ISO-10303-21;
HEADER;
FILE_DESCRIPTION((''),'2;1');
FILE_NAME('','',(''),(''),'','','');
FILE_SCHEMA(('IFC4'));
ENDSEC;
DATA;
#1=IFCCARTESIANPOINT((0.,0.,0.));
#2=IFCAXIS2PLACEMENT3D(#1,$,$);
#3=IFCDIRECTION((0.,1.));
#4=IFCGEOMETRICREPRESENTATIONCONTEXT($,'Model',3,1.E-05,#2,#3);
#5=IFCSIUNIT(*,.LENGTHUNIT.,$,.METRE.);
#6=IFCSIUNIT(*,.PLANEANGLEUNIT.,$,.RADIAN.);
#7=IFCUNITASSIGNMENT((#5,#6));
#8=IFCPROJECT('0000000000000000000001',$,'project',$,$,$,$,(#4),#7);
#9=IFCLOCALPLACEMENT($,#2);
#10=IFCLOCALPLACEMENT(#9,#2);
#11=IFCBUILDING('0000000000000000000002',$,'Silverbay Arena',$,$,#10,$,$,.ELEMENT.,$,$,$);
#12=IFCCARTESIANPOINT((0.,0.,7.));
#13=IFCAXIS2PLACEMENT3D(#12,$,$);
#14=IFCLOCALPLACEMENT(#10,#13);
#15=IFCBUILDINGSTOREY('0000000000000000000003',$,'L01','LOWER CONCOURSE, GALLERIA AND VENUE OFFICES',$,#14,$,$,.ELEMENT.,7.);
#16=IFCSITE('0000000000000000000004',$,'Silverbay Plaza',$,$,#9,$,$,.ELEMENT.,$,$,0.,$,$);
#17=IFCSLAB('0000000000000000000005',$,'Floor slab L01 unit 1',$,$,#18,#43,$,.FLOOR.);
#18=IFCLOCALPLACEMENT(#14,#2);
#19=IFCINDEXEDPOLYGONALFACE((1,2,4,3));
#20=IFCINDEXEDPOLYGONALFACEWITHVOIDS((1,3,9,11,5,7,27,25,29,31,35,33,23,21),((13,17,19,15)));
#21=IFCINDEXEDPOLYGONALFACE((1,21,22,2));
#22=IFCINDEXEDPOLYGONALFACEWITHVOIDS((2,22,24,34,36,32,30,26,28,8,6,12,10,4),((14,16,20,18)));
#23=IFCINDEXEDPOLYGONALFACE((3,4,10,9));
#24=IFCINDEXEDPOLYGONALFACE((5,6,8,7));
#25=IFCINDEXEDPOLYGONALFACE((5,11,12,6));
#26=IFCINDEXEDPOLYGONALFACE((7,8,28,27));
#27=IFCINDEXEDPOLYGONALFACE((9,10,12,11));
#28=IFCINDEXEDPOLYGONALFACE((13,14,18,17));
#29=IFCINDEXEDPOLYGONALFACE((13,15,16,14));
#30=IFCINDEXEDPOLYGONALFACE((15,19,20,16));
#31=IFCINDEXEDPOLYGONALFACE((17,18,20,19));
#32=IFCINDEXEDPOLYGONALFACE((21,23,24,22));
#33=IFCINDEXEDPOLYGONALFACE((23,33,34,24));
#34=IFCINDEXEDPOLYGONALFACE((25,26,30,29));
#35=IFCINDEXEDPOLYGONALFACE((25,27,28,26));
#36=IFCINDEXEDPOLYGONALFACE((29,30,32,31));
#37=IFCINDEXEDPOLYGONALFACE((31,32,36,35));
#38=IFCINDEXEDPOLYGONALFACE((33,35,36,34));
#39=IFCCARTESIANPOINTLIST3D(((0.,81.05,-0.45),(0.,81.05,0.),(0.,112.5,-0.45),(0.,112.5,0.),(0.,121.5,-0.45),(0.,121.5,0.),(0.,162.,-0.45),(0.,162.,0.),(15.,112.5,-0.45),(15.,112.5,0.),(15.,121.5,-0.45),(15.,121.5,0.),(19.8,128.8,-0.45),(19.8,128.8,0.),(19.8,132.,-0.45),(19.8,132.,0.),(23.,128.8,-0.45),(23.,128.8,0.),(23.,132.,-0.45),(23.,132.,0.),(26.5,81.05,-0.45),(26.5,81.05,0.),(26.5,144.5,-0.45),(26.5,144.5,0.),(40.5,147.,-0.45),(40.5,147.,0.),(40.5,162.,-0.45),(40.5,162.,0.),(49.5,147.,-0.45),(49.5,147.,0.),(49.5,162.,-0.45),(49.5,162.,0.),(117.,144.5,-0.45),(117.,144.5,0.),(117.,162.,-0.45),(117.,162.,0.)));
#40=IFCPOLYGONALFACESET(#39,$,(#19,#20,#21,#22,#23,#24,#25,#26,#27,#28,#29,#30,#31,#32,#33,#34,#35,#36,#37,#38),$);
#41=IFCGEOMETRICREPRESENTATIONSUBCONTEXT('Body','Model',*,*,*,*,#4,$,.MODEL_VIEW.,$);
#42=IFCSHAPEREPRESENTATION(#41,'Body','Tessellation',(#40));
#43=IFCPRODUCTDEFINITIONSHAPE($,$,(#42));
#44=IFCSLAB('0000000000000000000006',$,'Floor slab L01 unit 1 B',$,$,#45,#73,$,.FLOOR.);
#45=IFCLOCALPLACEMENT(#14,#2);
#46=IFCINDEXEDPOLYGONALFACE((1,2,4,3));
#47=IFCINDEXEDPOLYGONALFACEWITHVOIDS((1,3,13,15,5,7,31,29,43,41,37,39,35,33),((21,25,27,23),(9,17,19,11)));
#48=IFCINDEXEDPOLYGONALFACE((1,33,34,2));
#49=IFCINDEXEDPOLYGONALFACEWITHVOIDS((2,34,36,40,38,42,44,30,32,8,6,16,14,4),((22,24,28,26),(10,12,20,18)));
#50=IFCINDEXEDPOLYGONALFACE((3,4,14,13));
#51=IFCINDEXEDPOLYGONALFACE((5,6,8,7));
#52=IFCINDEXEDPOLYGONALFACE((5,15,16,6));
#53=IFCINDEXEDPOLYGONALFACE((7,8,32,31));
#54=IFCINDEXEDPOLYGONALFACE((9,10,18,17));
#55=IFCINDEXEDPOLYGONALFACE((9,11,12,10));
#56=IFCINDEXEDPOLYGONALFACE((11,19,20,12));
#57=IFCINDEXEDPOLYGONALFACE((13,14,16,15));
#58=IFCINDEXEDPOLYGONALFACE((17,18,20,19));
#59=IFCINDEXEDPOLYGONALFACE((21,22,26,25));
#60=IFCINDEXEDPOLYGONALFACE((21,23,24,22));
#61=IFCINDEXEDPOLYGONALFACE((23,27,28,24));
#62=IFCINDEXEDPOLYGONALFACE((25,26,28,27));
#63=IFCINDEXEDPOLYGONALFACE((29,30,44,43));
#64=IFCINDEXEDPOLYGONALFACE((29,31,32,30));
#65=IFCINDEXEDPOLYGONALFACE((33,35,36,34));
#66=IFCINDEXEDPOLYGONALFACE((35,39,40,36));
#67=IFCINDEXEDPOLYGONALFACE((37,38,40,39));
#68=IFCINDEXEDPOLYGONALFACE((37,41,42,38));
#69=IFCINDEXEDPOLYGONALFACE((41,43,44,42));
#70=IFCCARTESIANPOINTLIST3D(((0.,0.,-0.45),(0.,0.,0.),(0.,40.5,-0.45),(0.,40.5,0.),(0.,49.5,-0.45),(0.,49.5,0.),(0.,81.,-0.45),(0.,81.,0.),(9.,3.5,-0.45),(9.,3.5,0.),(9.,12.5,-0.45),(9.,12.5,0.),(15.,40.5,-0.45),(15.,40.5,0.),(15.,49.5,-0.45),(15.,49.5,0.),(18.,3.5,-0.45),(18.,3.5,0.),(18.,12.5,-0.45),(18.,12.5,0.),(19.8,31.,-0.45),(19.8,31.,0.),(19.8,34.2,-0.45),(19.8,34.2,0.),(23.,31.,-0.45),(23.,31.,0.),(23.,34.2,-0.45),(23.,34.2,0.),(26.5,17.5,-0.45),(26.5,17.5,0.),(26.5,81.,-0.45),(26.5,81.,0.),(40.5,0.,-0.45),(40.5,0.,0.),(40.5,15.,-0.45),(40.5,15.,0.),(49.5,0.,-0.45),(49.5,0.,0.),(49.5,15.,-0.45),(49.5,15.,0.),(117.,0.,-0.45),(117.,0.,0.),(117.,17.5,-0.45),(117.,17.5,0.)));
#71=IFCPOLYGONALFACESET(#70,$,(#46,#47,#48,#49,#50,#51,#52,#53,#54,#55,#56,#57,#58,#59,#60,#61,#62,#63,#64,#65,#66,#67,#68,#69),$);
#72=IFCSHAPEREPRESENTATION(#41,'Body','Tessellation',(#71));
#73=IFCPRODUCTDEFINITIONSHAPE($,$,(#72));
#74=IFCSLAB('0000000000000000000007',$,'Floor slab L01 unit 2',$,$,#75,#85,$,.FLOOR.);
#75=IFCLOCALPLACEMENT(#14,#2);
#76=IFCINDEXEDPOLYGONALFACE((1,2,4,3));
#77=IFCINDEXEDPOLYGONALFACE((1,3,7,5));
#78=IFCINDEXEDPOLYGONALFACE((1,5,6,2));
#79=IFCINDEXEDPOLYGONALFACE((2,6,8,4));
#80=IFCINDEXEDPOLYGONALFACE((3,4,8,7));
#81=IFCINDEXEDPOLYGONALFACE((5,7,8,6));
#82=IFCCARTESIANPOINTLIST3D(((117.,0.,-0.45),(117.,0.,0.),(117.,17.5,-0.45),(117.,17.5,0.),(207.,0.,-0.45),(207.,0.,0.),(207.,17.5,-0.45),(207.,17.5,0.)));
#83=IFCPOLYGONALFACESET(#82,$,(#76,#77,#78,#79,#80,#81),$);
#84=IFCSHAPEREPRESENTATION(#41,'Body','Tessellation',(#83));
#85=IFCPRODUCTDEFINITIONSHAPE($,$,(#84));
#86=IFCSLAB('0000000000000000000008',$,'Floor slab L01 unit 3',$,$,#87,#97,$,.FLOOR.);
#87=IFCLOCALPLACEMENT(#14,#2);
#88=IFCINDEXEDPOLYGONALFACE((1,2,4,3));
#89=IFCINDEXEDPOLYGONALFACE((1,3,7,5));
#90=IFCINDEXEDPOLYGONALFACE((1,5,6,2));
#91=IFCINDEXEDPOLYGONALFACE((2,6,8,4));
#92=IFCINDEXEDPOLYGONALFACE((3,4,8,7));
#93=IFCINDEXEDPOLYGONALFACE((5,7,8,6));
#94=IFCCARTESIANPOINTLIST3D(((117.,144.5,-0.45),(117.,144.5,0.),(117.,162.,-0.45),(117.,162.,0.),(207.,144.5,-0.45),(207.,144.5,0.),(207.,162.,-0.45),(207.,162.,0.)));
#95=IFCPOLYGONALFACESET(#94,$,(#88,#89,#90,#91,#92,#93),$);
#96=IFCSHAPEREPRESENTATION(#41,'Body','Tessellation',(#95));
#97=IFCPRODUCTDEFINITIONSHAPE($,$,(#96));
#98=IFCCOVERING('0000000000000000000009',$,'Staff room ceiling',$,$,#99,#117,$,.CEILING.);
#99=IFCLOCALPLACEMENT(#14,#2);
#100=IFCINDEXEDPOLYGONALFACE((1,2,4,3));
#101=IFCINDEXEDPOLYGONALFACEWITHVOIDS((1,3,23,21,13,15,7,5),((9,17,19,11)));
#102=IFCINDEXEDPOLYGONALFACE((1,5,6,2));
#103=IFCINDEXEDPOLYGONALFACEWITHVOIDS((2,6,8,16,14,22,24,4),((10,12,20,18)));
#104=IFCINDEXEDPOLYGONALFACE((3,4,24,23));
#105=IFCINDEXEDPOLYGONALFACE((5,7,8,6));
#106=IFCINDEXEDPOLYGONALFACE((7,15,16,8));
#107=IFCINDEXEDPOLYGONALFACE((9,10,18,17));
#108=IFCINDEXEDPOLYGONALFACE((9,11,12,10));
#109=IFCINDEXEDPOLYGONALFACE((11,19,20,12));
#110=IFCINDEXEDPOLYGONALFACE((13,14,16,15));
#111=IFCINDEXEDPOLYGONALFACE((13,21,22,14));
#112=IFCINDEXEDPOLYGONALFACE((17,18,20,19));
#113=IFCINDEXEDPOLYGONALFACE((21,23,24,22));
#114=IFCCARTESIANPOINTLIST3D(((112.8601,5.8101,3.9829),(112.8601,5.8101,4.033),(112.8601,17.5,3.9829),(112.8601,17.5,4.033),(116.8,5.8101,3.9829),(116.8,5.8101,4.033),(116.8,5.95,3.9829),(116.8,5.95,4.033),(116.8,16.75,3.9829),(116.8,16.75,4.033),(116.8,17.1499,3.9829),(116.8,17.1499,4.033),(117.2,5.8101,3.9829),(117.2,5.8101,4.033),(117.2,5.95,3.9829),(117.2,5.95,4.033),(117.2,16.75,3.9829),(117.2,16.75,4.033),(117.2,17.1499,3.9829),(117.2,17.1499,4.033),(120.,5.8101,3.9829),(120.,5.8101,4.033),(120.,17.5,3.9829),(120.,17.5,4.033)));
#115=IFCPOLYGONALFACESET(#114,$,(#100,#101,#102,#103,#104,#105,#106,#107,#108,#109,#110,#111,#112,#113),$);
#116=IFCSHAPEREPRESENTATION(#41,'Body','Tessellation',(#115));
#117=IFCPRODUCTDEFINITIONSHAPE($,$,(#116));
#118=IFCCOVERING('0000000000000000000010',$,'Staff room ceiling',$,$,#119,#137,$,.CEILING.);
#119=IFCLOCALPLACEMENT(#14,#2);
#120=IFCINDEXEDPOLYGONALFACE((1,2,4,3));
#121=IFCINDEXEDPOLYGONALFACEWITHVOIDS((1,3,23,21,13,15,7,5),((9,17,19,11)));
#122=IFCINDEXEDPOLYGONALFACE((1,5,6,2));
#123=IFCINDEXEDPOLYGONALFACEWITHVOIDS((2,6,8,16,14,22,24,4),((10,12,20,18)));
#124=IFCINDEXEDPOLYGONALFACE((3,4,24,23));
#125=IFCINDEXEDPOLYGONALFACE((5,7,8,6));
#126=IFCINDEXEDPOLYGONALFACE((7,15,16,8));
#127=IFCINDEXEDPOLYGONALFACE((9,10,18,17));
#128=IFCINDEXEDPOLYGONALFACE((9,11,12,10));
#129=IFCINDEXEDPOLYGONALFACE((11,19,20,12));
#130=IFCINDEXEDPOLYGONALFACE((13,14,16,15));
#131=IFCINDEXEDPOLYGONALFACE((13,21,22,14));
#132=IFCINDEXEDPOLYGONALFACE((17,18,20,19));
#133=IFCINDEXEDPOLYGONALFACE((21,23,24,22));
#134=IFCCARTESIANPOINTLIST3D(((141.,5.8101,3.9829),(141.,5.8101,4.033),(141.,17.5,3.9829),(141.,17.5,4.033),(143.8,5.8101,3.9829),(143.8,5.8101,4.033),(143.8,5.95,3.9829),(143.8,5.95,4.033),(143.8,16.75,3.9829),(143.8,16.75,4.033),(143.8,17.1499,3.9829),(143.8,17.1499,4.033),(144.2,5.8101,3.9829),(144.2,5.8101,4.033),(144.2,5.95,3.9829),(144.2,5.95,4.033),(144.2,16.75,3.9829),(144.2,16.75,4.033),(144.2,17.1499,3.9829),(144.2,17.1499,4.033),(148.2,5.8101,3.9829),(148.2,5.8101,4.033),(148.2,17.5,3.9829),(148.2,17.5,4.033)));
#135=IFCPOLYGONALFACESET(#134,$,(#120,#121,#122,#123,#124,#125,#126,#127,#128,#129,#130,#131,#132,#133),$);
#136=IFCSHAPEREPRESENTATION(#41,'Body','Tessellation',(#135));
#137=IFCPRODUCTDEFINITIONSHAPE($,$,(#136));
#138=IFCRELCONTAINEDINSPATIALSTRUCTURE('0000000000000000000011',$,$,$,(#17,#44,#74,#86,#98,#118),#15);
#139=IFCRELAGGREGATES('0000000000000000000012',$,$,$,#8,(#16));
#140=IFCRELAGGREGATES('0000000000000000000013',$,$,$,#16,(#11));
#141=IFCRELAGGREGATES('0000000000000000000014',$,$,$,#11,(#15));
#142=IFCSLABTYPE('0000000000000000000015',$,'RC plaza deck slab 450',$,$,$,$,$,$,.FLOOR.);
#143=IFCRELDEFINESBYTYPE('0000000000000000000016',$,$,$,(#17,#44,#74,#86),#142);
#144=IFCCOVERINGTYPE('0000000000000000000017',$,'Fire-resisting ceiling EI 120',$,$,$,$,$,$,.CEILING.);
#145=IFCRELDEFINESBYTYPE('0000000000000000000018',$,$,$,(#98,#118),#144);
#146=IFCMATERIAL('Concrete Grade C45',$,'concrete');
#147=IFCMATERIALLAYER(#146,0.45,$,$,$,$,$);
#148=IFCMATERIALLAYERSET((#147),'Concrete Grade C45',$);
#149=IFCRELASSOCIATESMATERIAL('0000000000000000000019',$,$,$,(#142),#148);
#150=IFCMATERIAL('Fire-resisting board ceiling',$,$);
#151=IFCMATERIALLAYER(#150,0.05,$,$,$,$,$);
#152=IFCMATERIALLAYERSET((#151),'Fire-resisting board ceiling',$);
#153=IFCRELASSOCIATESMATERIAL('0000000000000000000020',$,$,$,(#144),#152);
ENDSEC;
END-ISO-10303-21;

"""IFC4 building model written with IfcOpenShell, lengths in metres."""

from ifc_helpers import new_model, si_unit, direction, frame, origin, place, context, subcontext, project, spatial, polyline, outline, extrude, material, layer, layer_set, type_object, element, save


model = new_model("IFC4")

# Units and contexts
model_context = context("Model", 3, precision=1e-05, world=origin(), true_north=direction((0.0, 1.0)))
body_context = subcontext(model_context, "Body", "Model", "MODEL_VIEW")
ifc_project = project(units=[si_unit("LENGTHUNIT", "METRE"), si_unit("PLANEANGLEUNIT", "RADIAN")], contexts=[model_context])

# Site, building, storey
site_placement = place(None, origin())
site = spatial("IfcSite", under=ifc_project, at=site_placement, Name="Silverbay Plaza", CompositionType="ELEMENT", RefElevation=0.0)
building_placement = place(site_placement, origin())
building = spatial("IfcBuilding", under=site, at=building_placement, Name="Silverbay Arena", CompositionType="ELEMENT")
storey_placement = place(building_placement, frame((0.0, 0.0, 7.0)))
storey = spatial("IfcBuildingStorey", under=building, at=storey_placement, Name="L01", Description="LOWER CONCOURSE, GALLERIA AND VENUE OFFICES", CompositionType="ELEMENT", Elevation=7.0)

# Slabs
ifc_material_1 = material(Name="Concrete Grade C45", Category="concrete")
ifc_layer_1 = layer(ifc_material_1, 0.45)
ifc_layer_set_1 = layer_set([ifc_layer_1], Name="Concrete Grade C45")
slab_type_1 = type_object("IfcSlabType", Name="RC plaza deck slab 450", PredefinedType="FLOOR", material=ifc_layer_set_1)
slab_1_placement = place(storey_placement, frame((0.0, 0.0, -0.45)))
element("IfcSlab", 1, at=slab_1_placement, inside=storey, type_object=slab_type_1, Name="Floor slab L01 unit 1", PredefinedType="FLOOR", context=body_context, shape_type="SweptSolid", body=[
    extrude(outline(polyline([(0.0, 112.5), (15.0, 112.5), (15.0, 121.5), (0.0, 121.5), (0.0, 162.0), (40.5, 162.0), (40.5, 147.0), (49.5, 147.0), (49.5, 162.0), (117.0, 162.0), (117.0, 144.5), (26.5, 144.5), (26.5, 81.05), (0.0, 81.05), (0.0, 112.5)]), holes=[polyline([(23.0, 128.8), (23.0, 132.0), (19.8, 132.0), (19.8, 128.8), (23.0, 128.8)])]), origin(), (0.0, 0.0, 1.0), 0.45),
])
slab_2_placement = place(storey_placement, frame((0.0, 0.0, -0.45)))
element("IfcSlab", 2, at=slab_2_placement, inside=storey, type_object=slab_type_1, Name="Floor slab L01 unit 1 B", PredefinedType="FLOOR", context=body_context, shape_type="SweptSolid", body=[
    extrude(outline(polyline([(26.5, 17.5), (117.0, 17.5), (117.0, 0.0), (49.5, 0.0), (49.5, 15.0), (40.5, 15.0), (40.5, 0.0), (0.0, 0.0), (0.0, 40.5), (15.0, 40.5), (15.0, 49.5), (0.0, 49.5), (0.0, 81.0), (26.5, 81.0), (26.5, 17.5)]), holes=[polyline([(19.8, 31.0), (23.0, 31.0), (23.0, 34.2), (19.8, 34.2), (19.8, 31.0)]), polyline([(18.0, 3.5), (18.0, 12.5), (9.0, 12.5), (9.0, 3.5), (18.0, 3.5)])]), origin(), (0.0, 0.0, 1.0), 0.45),
])
slab_3_placement = place(storey_placement, frame((0.0, 0.0, -0.45)))
element("IfcSlab", 3, at=slab_3_placement, inside=storey, type_object=slab_type_1, Name="Floor slab L01 unit 2", PredefinedType="FLOOR", context=body_context, shape_type="SweptSolid", body=[
    extrude(outline(polyline([(117.0, 17.5), (207.0, 17.5), (207.0, 0.0), (117.0, 0.0), (117.0, 17.5)])), origin(), (0.0, 0.0, 1.0), 0.45),
])
slab_4_placement = place(storey_placement, frame((0.0, 0.0, -0.45)))
element("IfcSlab", 4, at=slab_4_placement, inside=storey, type_object=slab_type_1, Name="Floor slab L01 unit 3", PredefinedType="FLOOR", context=body_context, shape_type="SweptSolid", body=[
    extrude(outline(polyline([(117.0, 162.0), (207.0, 162.0), (207.0, 144.5), (117.0, 144.5), (117.0, 162.0)])), origin(), (0.0, 0.0, 1.0), 0.45),
])

# Coverings
ifc_material_2 = material(Name="Fire-resisting board ceiling")
ifc_layer_2 = layer(ifc_material_2, 0.05)
ifc_layer_set_2 = layer_set([ifc_layer_2], Name="Fire-resisting board ceiling")
covering_type = type_object("IfcCoveringType", Name="Fire-resisting ceiling EI 120", PredefinedType="CEILING", material=ifc_layer_set_2)
covering_1_placement = place(storey_placement, frame((0.0, 0.0, 3.9829)))
element("IfcCovering", 5, at=covering_1_placement, inside=storey, type_object=covering_type, Name="Staff room ceiling", PredefinedType="CEILING", context=body_context, shape_type="SweptSolid", body=[
    extrude(outline(polyline([(116.8, 5.8101), (116.8, 5.95), (117.2, 5.95), (117.2, 5.8101), (120.0, 5.8101), (120.0, 17.5), (112.8601, 17.5), (112.8601, 5.8101), (116.8, 5.8101)]), holes=[polyline([(117.2, 17.1499), (117.2, 16.75), (116.8, 16.75), (116.8, 17.1499), (117.2, 17.1499)])]), origin(), (0.0, 0.0, 1.0), 0.05),
])
covering_2_placement = place(storey_placement, frame((0.0, 0.0, 3.9829)))
element("IfcCovering", 6, at=covering_2_placement, inside=storey, type_object=covering_type, Name="Staff room ceiling", PredefinedType="CEILING", context=body_context, shape_type="SweptSolid", body=[
    extrude(outline(polyline([(143.8, 5.8101), (143.8, 5.95), (144.2, 5.95), (144.2, 5.8101), (148.2, 5.8101), (148.2, 17.5), (141.0, 17.5), (141.0, 5.8101), (143.8, 5.8101)]), holes=[polyline([(144.2, 17.1499), (144.2, 16.75), (143.8, 16.75), (143.8, 17.1499), (144.2, 17.1499)])]), origin(), (0.0, 0.0, 1.0), 0.05),
])

save(model, "model.ifc")
